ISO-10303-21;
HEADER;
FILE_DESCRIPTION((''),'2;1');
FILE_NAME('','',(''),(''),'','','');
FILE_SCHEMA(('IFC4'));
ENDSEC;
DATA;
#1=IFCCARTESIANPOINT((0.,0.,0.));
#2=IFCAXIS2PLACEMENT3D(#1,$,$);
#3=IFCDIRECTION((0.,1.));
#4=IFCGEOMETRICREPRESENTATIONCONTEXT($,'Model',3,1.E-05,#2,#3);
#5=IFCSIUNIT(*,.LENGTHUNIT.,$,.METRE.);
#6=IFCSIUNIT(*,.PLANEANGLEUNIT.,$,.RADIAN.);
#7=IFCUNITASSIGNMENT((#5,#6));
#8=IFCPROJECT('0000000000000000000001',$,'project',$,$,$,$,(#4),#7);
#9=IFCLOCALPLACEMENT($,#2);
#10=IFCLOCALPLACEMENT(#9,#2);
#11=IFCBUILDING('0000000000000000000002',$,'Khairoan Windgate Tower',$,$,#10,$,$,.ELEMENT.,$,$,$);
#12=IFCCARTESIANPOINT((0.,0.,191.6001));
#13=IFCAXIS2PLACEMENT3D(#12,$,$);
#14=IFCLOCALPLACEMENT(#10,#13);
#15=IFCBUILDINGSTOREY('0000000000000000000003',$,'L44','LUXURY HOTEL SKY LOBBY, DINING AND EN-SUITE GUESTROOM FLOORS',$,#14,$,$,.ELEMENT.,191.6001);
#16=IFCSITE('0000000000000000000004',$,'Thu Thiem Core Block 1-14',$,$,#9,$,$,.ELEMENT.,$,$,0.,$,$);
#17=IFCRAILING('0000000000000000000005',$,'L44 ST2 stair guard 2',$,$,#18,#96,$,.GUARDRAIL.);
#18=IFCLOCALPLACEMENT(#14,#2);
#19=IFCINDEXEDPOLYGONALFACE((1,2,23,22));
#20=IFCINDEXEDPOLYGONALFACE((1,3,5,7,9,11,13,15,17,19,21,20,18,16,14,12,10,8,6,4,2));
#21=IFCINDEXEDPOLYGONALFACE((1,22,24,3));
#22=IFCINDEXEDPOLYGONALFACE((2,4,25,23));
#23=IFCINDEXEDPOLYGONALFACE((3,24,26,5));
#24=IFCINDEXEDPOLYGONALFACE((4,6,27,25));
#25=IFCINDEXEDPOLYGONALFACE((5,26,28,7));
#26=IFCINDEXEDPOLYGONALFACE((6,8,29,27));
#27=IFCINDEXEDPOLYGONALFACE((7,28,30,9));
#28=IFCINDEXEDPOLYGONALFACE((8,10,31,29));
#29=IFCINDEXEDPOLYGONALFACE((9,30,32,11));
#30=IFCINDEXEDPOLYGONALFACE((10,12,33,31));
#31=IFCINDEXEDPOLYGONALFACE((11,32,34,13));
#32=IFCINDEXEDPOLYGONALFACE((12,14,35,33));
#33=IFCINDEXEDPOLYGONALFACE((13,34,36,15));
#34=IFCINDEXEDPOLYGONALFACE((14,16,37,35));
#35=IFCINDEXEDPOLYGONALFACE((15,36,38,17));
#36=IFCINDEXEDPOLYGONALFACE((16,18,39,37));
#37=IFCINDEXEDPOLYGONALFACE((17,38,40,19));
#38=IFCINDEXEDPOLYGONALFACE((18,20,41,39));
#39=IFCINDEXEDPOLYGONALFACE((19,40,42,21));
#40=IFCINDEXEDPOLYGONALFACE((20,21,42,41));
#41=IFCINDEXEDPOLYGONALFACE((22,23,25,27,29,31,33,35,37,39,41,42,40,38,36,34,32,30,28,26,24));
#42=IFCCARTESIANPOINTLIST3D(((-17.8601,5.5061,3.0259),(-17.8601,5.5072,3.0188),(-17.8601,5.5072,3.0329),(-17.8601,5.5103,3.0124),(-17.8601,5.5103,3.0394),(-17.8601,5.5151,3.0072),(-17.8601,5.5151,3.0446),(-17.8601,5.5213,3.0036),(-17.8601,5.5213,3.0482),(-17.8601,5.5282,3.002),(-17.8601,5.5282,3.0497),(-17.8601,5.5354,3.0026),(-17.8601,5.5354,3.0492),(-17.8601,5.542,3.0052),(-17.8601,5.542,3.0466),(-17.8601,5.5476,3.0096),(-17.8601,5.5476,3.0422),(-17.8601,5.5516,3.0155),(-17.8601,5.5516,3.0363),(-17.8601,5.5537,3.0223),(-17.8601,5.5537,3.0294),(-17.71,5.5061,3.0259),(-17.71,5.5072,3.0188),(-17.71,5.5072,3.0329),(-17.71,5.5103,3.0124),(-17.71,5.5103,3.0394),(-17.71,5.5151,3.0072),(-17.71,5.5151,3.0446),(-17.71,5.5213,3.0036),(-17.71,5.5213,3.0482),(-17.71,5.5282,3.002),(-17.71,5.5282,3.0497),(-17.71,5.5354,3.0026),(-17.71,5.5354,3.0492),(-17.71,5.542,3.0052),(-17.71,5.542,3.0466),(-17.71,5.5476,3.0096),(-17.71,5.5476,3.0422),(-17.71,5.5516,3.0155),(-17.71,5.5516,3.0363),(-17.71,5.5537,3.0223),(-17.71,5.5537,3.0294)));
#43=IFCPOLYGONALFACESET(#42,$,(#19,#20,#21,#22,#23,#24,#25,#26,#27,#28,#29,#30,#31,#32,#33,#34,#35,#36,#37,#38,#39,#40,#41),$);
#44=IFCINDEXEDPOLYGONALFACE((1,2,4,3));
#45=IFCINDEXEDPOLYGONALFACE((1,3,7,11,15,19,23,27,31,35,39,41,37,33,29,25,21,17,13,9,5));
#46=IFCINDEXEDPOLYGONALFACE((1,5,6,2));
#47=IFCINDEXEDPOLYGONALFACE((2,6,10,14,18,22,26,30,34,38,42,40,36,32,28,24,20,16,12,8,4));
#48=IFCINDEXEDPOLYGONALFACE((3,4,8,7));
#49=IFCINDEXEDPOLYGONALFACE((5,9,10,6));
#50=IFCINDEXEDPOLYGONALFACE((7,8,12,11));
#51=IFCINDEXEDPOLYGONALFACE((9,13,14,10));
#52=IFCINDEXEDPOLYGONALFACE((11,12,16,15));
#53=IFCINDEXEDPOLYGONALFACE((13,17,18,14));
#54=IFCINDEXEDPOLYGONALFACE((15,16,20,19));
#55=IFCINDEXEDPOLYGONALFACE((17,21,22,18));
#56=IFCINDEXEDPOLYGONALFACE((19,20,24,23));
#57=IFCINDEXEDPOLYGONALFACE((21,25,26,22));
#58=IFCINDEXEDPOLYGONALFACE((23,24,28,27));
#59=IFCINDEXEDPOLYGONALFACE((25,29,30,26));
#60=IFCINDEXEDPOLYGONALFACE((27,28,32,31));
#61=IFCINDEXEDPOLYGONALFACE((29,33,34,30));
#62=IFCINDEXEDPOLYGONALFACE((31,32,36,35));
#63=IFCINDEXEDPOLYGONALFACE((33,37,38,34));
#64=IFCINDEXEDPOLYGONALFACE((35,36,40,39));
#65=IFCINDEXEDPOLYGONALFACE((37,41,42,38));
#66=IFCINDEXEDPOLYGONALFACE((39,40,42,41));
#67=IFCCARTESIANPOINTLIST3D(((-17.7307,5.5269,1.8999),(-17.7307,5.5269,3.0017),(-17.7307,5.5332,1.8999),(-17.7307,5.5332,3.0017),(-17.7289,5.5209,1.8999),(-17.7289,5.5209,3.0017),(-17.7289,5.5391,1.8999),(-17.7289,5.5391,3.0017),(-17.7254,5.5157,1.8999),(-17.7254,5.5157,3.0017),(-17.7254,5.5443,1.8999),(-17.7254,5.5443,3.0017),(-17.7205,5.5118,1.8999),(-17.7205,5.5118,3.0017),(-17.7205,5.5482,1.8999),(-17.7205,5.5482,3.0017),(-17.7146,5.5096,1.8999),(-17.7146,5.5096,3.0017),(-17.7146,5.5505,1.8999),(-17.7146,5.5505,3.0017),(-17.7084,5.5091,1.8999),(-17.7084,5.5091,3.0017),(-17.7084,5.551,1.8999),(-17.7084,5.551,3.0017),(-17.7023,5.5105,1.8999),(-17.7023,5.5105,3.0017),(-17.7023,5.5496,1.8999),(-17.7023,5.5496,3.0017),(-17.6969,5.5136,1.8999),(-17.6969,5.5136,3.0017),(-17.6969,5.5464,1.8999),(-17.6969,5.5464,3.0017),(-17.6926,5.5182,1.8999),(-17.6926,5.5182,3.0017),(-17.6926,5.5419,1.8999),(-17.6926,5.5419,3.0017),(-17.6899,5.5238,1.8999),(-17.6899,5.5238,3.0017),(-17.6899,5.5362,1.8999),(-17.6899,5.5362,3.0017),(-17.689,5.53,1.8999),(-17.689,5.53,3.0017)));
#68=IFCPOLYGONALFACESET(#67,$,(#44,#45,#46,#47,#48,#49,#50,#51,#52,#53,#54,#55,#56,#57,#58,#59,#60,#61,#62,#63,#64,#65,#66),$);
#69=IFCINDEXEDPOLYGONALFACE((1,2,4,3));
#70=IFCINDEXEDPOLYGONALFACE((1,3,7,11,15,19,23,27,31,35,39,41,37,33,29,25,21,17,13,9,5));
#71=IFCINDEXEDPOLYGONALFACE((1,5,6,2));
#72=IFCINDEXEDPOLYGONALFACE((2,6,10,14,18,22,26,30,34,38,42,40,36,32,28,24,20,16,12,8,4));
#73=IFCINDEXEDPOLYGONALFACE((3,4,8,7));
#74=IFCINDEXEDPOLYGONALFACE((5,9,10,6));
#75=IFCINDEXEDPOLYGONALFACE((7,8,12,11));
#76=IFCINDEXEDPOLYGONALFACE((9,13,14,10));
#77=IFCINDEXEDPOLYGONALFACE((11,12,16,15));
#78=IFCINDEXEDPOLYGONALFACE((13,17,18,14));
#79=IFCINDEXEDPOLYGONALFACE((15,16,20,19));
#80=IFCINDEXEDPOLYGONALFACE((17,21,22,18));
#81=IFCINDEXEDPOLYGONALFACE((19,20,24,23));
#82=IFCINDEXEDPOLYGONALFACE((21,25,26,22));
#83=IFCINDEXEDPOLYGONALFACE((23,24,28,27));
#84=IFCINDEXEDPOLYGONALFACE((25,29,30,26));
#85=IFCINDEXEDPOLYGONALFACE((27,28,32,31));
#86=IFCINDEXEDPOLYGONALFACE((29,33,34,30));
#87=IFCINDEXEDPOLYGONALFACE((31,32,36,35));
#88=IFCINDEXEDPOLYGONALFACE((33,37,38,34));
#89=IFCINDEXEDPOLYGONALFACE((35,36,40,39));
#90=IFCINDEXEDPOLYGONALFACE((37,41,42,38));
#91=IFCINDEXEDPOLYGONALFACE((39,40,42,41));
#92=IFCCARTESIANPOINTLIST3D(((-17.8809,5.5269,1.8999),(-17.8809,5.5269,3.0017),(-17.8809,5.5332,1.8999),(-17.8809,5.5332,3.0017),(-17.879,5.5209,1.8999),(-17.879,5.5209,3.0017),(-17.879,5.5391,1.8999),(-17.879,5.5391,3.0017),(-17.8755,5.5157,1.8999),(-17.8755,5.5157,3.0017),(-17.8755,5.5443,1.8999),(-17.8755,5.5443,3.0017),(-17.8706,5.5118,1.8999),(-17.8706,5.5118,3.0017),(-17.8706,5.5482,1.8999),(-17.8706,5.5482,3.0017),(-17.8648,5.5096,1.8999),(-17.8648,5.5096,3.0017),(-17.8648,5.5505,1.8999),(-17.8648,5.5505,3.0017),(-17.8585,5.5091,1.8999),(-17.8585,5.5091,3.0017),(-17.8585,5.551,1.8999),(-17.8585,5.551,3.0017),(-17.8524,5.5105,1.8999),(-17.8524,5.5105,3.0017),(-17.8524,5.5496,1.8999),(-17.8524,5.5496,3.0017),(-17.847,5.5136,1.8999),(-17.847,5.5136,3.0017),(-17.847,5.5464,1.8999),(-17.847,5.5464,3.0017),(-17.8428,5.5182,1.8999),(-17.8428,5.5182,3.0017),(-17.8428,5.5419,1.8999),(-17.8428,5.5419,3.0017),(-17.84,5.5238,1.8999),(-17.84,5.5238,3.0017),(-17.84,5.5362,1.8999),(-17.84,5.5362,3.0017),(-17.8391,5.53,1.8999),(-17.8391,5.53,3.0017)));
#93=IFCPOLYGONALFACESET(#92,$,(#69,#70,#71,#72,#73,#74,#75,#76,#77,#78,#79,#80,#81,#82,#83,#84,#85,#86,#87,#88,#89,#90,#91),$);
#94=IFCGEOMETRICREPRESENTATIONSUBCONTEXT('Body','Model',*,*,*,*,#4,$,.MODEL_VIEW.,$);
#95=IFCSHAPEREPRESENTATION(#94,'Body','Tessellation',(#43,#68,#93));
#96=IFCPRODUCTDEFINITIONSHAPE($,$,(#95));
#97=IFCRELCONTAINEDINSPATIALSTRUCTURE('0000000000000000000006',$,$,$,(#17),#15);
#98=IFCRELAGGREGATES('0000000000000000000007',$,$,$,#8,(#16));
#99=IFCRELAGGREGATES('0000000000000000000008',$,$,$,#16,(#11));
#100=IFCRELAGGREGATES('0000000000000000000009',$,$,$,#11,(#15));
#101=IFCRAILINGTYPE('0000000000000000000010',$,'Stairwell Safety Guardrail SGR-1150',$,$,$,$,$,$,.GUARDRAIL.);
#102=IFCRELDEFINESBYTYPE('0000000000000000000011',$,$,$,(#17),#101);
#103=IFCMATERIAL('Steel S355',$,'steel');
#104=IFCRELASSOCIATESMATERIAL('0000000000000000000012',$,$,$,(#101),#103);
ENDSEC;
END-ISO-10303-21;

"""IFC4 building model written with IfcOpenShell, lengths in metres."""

from ifc_helpers import new_model, si_unit, direction, frame, origin, origin_2d, place, context, subcontext, project, spatial, circle, extrude, material, type_object, element, save


model = new_model("IFC4")

# Units and contexts
model_context = context("Model", 3, precision=1e-05, world=origin(), true_north=direction((0.0, 1.0)))
body_context = subcontext(model_context, "Body", "Model", "MODEL_VIEW")
ifc_project = project(units=[si_unit("LENGTHUNIT", "METRE"), si_unit("PLANEANGLEUNIT", "RADIAN")], contexts=[model_context])

# Site, building, storey
site_placement = place(None, origin())
site = spatial("IfcSite", under=ifc_project, at=site_placement, Name="Thu Thiem Core Block 1-14", CompositionType="ELEMENT", RefElevation=0.0)
building_placement = place(site_placement, origin())
building = spatial("IfcBuilding", under=site, at=building_placement, Name="Khairoan Windgate Tower", CompositionType="ELEMENT")
storey_placement = place(building_placement, frame((0.0, 0.0, 191.6001)))
storey = spatial("IfcBuildingStorey", under=building, at=storey_placement, Name="L44", Description="LUXURY HOTEL SKY LOBBY, DINING AND EN-SUITE GUESTROOM FLOORS", CompositionType="ELEMENT", Elevation=191.6001)

# Railing
ifc_material_1 = material(Name="Steel S355", Category="steel")
railing_type_1 = type_object("IfcRailingType", Name="Stairwell Safety Guardrail SGR-1150", PredefinedType="GUARDRAIL", material=ifc_material_1)
railing_1_placement = place(storey_placement, frame((-17.71, 5.53, 1.8999)))
element("IfcRailing", 1, at=railing_1_placement, inside=storey, type_object=railing_type_1, Name="L44 ST2 stair guard 2", PredefinedType="GUARDRAIL", context=body_context, shape_type="SweptSolid", body=[
    extrude(circle(Radius=0.0239, at=origin_2d()), frame((0.0, 0.0, 1.126), z_axis=(-1.0, 0.0, 0.0), x_axis=(0.0, -1.0, 0.0)), (0.0, 0.0, 1.0), 0.1501),
    extrude(circle(Radius=0.021, at=origin_2d()), origin(), (0.0, 0.0, 1.0), 1.1018),
    extrude(circle(Radius=0.021, at=origin_2d()), frame((-0.1501, 0.0, 0.0)), (0.0, 0.0, 1.0), 1.1018),
])

save(model, "model.ifc")
